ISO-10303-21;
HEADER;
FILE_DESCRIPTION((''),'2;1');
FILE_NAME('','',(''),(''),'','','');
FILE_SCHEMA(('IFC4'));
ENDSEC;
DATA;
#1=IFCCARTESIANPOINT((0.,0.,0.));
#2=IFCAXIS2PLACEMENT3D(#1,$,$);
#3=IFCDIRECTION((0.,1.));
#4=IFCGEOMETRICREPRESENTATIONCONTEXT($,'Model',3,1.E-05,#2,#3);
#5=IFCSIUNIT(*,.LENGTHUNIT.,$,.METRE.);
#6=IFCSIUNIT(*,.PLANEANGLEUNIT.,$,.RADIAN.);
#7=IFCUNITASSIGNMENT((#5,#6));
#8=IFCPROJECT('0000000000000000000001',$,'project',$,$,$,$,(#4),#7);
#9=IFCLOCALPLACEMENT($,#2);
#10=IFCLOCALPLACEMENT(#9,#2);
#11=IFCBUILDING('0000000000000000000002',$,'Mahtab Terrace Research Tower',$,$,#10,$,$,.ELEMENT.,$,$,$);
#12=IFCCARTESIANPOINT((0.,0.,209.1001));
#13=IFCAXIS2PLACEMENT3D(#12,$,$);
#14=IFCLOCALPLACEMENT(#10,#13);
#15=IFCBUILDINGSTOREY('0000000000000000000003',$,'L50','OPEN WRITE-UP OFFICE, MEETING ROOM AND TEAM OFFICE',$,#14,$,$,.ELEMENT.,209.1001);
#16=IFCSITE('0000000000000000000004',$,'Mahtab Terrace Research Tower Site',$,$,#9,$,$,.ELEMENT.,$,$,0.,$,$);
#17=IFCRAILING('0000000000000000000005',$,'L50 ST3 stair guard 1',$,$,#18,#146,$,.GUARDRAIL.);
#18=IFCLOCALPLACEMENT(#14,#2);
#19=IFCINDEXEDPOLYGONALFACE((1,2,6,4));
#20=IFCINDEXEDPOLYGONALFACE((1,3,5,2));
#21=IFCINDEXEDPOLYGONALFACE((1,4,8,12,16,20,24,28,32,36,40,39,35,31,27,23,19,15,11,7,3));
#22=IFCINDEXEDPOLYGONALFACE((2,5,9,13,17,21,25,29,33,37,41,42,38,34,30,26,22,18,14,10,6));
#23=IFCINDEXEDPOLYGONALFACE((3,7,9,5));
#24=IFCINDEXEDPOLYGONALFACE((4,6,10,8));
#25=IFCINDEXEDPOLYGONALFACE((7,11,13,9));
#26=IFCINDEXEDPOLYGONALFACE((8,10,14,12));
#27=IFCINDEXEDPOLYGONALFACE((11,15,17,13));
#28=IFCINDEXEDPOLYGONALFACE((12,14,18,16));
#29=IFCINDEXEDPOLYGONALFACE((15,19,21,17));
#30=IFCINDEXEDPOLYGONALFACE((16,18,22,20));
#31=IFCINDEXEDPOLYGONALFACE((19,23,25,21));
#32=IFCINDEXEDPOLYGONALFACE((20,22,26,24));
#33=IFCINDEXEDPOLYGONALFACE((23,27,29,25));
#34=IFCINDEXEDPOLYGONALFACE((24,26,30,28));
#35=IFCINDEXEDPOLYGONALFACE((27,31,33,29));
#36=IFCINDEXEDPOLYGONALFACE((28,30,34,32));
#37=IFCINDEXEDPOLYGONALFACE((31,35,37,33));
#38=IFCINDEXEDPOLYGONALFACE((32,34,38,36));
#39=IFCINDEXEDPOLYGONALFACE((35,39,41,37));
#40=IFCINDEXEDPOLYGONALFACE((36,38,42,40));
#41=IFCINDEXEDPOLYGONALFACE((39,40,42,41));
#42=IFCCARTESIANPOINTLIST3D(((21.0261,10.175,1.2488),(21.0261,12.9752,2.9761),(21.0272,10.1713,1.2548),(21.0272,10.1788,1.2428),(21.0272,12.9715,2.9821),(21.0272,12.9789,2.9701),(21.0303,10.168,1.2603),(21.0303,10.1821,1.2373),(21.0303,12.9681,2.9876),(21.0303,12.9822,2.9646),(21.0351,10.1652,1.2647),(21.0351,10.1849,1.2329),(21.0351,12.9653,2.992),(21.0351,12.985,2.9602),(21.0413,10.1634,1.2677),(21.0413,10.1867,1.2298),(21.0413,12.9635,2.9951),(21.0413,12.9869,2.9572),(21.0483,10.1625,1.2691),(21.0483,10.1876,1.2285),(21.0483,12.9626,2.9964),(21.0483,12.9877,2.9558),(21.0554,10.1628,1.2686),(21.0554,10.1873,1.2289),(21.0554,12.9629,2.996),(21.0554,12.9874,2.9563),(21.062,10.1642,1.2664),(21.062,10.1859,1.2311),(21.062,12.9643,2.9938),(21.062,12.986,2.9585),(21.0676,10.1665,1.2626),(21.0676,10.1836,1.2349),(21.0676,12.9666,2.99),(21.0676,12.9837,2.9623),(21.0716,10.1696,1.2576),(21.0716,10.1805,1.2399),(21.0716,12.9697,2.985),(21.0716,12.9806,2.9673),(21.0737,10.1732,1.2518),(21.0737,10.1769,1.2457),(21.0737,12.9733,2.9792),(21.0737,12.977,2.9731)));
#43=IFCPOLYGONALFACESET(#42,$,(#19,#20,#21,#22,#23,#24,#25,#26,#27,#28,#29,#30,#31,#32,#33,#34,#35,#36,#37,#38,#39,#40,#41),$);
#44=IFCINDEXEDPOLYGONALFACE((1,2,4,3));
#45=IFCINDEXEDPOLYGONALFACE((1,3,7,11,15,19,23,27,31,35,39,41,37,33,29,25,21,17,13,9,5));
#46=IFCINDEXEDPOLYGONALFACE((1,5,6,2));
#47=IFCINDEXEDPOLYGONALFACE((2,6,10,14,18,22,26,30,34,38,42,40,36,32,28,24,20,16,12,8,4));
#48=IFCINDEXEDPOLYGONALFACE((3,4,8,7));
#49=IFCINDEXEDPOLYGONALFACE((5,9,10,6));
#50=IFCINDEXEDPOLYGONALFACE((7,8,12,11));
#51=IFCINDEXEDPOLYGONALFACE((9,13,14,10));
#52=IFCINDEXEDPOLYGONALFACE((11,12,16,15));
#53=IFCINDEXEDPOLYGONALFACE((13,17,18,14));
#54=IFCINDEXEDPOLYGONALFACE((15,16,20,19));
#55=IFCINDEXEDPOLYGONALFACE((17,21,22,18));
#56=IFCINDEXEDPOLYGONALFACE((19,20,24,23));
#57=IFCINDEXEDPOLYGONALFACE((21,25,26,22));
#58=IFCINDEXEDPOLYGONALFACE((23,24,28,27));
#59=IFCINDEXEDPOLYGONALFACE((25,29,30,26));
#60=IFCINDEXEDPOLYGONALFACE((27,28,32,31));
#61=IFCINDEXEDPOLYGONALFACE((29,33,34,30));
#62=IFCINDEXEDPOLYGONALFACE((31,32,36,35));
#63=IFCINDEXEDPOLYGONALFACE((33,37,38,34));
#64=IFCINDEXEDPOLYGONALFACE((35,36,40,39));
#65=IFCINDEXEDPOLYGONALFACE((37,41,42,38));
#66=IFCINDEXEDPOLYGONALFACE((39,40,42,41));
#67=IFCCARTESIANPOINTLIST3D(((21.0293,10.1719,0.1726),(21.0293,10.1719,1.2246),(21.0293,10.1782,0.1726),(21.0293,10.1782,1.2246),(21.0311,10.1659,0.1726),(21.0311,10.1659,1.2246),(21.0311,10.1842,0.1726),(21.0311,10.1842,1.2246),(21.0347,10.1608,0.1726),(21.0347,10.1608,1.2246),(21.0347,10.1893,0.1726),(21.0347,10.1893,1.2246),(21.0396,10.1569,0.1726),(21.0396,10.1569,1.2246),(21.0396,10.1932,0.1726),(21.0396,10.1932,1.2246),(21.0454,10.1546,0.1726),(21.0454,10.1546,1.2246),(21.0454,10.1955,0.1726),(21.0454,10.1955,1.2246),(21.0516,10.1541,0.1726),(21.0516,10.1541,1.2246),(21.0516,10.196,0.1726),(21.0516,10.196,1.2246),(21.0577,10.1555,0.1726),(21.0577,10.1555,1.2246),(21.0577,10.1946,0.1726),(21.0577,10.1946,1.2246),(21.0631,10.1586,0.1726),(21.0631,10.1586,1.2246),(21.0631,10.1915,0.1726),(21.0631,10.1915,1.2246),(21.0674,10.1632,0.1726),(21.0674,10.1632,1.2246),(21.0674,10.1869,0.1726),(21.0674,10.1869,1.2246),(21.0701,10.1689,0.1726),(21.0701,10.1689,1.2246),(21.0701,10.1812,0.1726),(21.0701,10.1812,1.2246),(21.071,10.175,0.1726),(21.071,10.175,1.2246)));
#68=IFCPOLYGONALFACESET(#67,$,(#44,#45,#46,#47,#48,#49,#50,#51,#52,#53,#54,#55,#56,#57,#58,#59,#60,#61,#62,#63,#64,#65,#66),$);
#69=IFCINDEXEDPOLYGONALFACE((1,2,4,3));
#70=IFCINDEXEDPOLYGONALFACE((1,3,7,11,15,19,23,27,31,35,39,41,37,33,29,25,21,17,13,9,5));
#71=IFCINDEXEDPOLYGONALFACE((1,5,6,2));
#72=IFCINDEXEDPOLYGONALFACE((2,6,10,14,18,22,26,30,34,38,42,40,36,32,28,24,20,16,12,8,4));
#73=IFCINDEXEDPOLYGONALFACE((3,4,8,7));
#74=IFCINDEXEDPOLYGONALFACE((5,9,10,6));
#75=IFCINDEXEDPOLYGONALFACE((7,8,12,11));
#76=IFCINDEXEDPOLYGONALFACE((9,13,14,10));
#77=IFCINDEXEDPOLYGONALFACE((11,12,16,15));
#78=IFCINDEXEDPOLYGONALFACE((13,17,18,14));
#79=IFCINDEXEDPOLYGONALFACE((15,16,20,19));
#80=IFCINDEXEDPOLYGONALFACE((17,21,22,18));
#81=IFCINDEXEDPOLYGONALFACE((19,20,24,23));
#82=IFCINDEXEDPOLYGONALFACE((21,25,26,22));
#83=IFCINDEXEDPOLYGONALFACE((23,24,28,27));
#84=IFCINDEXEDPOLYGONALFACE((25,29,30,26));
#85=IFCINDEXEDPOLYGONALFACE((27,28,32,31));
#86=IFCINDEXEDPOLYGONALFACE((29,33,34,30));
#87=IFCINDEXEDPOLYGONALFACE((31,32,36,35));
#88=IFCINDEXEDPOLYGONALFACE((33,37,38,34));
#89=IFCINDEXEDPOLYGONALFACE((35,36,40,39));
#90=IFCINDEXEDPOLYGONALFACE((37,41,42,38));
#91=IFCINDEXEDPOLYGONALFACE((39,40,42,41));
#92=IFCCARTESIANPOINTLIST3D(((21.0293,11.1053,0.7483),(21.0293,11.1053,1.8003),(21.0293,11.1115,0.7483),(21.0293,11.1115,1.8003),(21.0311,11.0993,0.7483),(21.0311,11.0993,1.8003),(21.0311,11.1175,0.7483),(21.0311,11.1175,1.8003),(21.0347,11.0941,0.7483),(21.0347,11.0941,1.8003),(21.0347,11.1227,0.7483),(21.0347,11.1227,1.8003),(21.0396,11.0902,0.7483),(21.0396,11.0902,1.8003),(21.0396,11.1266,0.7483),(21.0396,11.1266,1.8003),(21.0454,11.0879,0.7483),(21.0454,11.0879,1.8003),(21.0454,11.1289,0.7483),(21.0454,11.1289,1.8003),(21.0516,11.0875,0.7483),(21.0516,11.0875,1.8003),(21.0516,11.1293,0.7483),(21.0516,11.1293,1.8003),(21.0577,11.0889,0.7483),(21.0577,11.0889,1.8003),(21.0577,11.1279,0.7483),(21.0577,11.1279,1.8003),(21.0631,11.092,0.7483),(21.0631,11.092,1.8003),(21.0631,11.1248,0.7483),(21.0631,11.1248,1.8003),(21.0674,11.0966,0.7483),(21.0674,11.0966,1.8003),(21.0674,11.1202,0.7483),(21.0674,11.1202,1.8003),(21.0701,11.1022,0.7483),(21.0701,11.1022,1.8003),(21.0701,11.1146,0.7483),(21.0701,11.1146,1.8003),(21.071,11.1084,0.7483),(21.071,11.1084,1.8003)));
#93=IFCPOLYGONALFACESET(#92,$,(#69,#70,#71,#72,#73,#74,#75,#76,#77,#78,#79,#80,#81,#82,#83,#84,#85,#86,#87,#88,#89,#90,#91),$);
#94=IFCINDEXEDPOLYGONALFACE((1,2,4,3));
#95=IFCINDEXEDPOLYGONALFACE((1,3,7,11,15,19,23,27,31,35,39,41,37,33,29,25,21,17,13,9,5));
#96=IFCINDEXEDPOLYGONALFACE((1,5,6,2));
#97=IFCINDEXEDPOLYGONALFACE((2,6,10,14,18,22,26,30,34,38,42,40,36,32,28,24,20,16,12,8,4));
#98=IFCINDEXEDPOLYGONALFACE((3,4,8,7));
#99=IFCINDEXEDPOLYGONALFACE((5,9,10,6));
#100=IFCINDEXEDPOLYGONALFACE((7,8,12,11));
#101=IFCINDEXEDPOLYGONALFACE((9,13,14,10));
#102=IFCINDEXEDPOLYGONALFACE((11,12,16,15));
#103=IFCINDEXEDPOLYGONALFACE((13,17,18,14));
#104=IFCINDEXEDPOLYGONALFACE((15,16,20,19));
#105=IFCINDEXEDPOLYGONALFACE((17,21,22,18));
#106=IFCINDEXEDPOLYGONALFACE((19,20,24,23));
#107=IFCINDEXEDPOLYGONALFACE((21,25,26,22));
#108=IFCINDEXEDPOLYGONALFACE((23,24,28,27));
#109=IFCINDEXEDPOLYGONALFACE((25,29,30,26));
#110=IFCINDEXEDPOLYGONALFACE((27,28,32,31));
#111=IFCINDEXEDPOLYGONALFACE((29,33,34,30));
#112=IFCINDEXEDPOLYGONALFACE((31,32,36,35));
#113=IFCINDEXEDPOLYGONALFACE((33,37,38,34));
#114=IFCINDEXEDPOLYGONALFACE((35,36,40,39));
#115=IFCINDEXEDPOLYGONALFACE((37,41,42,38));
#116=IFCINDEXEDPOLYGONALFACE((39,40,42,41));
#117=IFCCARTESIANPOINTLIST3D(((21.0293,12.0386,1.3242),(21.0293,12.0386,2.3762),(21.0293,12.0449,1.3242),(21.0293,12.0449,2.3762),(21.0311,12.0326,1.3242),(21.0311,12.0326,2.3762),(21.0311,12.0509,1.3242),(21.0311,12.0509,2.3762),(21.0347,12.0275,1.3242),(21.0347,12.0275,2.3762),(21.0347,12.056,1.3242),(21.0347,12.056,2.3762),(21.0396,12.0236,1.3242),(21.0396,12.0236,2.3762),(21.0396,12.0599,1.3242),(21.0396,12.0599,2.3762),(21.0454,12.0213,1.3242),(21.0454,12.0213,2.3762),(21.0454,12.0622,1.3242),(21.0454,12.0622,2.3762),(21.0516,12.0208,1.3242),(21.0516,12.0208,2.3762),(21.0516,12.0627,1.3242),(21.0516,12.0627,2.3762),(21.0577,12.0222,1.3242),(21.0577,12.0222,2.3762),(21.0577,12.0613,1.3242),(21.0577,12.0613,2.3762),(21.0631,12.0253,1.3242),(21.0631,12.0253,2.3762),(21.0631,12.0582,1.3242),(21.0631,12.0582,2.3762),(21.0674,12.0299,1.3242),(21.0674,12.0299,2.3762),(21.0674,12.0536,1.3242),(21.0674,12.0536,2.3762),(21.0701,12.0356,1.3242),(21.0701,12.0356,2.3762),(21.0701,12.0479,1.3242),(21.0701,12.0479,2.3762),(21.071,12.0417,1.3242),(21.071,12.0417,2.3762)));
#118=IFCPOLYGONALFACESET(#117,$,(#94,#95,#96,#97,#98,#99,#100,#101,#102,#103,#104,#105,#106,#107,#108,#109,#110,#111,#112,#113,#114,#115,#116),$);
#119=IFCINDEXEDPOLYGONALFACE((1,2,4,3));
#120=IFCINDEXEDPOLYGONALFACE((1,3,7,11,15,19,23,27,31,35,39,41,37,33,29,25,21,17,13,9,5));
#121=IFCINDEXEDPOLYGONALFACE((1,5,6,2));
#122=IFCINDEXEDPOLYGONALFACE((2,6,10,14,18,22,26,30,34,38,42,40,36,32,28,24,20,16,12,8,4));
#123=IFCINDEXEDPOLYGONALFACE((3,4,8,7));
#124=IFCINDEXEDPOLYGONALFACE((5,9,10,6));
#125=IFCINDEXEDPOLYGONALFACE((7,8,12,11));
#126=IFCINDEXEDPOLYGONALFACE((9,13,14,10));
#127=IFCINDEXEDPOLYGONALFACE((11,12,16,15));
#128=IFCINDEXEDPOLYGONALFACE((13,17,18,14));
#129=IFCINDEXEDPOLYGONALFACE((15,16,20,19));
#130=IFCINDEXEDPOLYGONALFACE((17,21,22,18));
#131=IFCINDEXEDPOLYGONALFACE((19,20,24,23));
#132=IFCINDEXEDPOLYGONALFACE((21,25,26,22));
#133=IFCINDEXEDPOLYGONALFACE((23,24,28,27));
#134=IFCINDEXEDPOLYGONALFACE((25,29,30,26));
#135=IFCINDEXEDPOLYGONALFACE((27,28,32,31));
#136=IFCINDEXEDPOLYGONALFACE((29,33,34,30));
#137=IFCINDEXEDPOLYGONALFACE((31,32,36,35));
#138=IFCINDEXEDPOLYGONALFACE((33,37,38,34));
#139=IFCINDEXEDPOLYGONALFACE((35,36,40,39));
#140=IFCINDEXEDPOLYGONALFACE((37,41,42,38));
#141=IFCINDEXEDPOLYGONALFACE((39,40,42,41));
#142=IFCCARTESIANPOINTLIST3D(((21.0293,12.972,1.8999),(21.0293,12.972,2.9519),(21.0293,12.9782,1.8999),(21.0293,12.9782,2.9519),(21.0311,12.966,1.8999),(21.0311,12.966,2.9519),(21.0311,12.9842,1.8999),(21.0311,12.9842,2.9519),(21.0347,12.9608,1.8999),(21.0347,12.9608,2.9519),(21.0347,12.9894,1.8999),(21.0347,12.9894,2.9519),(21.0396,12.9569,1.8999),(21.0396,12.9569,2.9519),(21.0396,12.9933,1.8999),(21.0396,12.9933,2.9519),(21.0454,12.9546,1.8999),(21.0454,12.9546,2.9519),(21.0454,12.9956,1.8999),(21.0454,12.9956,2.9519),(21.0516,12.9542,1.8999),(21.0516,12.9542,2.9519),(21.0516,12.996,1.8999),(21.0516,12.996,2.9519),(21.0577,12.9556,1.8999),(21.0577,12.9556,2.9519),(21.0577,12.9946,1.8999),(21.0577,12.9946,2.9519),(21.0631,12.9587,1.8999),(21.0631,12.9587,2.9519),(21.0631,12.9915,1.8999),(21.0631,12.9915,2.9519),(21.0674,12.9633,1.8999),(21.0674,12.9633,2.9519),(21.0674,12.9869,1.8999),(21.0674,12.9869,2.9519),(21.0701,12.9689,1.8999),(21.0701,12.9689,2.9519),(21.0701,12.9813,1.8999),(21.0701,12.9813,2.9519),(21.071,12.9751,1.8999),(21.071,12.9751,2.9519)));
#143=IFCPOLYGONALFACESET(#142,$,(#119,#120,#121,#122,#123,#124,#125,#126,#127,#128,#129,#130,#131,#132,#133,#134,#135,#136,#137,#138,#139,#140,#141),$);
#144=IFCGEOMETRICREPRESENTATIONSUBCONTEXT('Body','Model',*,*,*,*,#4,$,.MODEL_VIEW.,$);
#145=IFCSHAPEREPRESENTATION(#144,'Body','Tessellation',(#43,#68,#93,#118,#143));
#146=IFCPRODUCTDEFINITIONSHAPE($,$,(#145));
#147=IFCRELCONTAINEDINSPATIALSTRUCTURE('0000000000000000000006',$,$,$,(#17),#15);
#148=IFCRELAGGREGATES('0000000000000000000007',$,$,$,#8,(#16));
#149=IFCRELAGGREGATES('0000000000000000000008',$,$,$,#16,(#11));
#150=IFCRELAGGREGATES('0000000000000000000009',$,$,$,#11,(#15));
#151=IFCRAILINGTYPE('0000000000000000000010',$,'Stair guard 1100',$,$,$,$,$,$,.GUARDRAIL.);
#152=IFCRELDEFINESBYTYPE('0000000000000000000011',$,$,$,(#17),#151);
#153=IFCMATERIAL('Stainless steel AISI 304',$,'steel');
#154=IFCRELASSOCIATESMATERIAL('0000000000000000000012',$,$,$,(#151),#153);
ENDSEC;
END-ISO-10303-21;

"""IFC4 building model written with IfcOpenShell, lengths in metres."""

from ifc_helpers import new_model, si_unit, direction, frame, origin, origin_2d, place, context, subcontext, project, spatial, circle, extrude, material, type_object, element, save


model = new_model("IFC4")

# Units and contexts
model_context = context("Model", 3, precision=1e-05, world=origin(), true_north=direction((0.0, 1.0)))
body_context = subcontext(model_context, "Body", "Model", "MODEL_VIEW")
ifc_project = project(units=[si_unit("LENGTHUNIT", "METRE"), si_unit("PLANEANGLEUNIT", "RADIAN")], contexts=[model_context])

# Site, building, storey
site_placement = place(None, origin())
site = spatial("IfcSite", under=ifc_project, at=site_placement, Name="Mahtab Terrace Research Tower Site", CompositionType="ELEMENT", RefElevation=0.0)
building_placement = place(site_placement, origin())
building = spatial("IfcBuilding", under=site, at=building_placement, Name="Mahtab Terrace Research Tower", CompositionType="ELEMENT")
storey_placement = place(building_placement, frame((0.0, 0.0, 209.1001)))
storey = spatial("IfcBuildingStorey", under=building, at=storey_placement, Name="L50", Description="OPEN WRITE-UP OFFICE, MEETING ROOM AND TEAM OFFICE", CompositionType="ELEMENT", Elevation=209.1001)

# Shared definitions
ifc_material_1 = material(Name="Stainless steel AISI 304", Category="steel")

# Railing
railing_type_1 = type_object("IfcRailingType", Name="Stair guard 1100", PredefinedType="GUARDRAIL", material=ifc_material_1)
railing_1_placement = place(storey_placement, frame((21.05, 10.175, 0.1726)))
element("IfcRailing", 1, at=railing_1_placement, inside=storey, type_object=railing_type_1, Name="L50 ST3 stair guard 1", PredefinedType="GUARDRAIL", context=body_context, shape_type="SweptSolid", body=[
    extrude(circle(Radius=0.0239, at=origin_2d()), frame((0.0, 0.0, 1.0762), z_axis=(0.0, 0.85109, 0.52502), x_axis=(-1.0, 0.0, 0.0)), (0.0, 0.0, 1.0), 3.29),
    extrude(circle(Radius=0.021, at=origin_2d()), origin(), (0.0, 0.0, 1.0), 1.052),
    extrude(circle(Radius=0.021, at=origin_2d()), frame((0.0, 0.9333, 0.5757)), (0.0, 0.0, 1.0), 1.052),
    extrude(circle(Radius=0.021, at=origin_2d()), frame((0.0, 1.8667, 1.1516)), (0.0, 0.0, 1.0), 1.052),
    extrude(circle(Radius=0.021, at=origin_2d()), frame((0.0, 2.8, 1.7273)), (0.0, 0.0, 1.0), 1.052),
])

save(model, "model.ifc")
